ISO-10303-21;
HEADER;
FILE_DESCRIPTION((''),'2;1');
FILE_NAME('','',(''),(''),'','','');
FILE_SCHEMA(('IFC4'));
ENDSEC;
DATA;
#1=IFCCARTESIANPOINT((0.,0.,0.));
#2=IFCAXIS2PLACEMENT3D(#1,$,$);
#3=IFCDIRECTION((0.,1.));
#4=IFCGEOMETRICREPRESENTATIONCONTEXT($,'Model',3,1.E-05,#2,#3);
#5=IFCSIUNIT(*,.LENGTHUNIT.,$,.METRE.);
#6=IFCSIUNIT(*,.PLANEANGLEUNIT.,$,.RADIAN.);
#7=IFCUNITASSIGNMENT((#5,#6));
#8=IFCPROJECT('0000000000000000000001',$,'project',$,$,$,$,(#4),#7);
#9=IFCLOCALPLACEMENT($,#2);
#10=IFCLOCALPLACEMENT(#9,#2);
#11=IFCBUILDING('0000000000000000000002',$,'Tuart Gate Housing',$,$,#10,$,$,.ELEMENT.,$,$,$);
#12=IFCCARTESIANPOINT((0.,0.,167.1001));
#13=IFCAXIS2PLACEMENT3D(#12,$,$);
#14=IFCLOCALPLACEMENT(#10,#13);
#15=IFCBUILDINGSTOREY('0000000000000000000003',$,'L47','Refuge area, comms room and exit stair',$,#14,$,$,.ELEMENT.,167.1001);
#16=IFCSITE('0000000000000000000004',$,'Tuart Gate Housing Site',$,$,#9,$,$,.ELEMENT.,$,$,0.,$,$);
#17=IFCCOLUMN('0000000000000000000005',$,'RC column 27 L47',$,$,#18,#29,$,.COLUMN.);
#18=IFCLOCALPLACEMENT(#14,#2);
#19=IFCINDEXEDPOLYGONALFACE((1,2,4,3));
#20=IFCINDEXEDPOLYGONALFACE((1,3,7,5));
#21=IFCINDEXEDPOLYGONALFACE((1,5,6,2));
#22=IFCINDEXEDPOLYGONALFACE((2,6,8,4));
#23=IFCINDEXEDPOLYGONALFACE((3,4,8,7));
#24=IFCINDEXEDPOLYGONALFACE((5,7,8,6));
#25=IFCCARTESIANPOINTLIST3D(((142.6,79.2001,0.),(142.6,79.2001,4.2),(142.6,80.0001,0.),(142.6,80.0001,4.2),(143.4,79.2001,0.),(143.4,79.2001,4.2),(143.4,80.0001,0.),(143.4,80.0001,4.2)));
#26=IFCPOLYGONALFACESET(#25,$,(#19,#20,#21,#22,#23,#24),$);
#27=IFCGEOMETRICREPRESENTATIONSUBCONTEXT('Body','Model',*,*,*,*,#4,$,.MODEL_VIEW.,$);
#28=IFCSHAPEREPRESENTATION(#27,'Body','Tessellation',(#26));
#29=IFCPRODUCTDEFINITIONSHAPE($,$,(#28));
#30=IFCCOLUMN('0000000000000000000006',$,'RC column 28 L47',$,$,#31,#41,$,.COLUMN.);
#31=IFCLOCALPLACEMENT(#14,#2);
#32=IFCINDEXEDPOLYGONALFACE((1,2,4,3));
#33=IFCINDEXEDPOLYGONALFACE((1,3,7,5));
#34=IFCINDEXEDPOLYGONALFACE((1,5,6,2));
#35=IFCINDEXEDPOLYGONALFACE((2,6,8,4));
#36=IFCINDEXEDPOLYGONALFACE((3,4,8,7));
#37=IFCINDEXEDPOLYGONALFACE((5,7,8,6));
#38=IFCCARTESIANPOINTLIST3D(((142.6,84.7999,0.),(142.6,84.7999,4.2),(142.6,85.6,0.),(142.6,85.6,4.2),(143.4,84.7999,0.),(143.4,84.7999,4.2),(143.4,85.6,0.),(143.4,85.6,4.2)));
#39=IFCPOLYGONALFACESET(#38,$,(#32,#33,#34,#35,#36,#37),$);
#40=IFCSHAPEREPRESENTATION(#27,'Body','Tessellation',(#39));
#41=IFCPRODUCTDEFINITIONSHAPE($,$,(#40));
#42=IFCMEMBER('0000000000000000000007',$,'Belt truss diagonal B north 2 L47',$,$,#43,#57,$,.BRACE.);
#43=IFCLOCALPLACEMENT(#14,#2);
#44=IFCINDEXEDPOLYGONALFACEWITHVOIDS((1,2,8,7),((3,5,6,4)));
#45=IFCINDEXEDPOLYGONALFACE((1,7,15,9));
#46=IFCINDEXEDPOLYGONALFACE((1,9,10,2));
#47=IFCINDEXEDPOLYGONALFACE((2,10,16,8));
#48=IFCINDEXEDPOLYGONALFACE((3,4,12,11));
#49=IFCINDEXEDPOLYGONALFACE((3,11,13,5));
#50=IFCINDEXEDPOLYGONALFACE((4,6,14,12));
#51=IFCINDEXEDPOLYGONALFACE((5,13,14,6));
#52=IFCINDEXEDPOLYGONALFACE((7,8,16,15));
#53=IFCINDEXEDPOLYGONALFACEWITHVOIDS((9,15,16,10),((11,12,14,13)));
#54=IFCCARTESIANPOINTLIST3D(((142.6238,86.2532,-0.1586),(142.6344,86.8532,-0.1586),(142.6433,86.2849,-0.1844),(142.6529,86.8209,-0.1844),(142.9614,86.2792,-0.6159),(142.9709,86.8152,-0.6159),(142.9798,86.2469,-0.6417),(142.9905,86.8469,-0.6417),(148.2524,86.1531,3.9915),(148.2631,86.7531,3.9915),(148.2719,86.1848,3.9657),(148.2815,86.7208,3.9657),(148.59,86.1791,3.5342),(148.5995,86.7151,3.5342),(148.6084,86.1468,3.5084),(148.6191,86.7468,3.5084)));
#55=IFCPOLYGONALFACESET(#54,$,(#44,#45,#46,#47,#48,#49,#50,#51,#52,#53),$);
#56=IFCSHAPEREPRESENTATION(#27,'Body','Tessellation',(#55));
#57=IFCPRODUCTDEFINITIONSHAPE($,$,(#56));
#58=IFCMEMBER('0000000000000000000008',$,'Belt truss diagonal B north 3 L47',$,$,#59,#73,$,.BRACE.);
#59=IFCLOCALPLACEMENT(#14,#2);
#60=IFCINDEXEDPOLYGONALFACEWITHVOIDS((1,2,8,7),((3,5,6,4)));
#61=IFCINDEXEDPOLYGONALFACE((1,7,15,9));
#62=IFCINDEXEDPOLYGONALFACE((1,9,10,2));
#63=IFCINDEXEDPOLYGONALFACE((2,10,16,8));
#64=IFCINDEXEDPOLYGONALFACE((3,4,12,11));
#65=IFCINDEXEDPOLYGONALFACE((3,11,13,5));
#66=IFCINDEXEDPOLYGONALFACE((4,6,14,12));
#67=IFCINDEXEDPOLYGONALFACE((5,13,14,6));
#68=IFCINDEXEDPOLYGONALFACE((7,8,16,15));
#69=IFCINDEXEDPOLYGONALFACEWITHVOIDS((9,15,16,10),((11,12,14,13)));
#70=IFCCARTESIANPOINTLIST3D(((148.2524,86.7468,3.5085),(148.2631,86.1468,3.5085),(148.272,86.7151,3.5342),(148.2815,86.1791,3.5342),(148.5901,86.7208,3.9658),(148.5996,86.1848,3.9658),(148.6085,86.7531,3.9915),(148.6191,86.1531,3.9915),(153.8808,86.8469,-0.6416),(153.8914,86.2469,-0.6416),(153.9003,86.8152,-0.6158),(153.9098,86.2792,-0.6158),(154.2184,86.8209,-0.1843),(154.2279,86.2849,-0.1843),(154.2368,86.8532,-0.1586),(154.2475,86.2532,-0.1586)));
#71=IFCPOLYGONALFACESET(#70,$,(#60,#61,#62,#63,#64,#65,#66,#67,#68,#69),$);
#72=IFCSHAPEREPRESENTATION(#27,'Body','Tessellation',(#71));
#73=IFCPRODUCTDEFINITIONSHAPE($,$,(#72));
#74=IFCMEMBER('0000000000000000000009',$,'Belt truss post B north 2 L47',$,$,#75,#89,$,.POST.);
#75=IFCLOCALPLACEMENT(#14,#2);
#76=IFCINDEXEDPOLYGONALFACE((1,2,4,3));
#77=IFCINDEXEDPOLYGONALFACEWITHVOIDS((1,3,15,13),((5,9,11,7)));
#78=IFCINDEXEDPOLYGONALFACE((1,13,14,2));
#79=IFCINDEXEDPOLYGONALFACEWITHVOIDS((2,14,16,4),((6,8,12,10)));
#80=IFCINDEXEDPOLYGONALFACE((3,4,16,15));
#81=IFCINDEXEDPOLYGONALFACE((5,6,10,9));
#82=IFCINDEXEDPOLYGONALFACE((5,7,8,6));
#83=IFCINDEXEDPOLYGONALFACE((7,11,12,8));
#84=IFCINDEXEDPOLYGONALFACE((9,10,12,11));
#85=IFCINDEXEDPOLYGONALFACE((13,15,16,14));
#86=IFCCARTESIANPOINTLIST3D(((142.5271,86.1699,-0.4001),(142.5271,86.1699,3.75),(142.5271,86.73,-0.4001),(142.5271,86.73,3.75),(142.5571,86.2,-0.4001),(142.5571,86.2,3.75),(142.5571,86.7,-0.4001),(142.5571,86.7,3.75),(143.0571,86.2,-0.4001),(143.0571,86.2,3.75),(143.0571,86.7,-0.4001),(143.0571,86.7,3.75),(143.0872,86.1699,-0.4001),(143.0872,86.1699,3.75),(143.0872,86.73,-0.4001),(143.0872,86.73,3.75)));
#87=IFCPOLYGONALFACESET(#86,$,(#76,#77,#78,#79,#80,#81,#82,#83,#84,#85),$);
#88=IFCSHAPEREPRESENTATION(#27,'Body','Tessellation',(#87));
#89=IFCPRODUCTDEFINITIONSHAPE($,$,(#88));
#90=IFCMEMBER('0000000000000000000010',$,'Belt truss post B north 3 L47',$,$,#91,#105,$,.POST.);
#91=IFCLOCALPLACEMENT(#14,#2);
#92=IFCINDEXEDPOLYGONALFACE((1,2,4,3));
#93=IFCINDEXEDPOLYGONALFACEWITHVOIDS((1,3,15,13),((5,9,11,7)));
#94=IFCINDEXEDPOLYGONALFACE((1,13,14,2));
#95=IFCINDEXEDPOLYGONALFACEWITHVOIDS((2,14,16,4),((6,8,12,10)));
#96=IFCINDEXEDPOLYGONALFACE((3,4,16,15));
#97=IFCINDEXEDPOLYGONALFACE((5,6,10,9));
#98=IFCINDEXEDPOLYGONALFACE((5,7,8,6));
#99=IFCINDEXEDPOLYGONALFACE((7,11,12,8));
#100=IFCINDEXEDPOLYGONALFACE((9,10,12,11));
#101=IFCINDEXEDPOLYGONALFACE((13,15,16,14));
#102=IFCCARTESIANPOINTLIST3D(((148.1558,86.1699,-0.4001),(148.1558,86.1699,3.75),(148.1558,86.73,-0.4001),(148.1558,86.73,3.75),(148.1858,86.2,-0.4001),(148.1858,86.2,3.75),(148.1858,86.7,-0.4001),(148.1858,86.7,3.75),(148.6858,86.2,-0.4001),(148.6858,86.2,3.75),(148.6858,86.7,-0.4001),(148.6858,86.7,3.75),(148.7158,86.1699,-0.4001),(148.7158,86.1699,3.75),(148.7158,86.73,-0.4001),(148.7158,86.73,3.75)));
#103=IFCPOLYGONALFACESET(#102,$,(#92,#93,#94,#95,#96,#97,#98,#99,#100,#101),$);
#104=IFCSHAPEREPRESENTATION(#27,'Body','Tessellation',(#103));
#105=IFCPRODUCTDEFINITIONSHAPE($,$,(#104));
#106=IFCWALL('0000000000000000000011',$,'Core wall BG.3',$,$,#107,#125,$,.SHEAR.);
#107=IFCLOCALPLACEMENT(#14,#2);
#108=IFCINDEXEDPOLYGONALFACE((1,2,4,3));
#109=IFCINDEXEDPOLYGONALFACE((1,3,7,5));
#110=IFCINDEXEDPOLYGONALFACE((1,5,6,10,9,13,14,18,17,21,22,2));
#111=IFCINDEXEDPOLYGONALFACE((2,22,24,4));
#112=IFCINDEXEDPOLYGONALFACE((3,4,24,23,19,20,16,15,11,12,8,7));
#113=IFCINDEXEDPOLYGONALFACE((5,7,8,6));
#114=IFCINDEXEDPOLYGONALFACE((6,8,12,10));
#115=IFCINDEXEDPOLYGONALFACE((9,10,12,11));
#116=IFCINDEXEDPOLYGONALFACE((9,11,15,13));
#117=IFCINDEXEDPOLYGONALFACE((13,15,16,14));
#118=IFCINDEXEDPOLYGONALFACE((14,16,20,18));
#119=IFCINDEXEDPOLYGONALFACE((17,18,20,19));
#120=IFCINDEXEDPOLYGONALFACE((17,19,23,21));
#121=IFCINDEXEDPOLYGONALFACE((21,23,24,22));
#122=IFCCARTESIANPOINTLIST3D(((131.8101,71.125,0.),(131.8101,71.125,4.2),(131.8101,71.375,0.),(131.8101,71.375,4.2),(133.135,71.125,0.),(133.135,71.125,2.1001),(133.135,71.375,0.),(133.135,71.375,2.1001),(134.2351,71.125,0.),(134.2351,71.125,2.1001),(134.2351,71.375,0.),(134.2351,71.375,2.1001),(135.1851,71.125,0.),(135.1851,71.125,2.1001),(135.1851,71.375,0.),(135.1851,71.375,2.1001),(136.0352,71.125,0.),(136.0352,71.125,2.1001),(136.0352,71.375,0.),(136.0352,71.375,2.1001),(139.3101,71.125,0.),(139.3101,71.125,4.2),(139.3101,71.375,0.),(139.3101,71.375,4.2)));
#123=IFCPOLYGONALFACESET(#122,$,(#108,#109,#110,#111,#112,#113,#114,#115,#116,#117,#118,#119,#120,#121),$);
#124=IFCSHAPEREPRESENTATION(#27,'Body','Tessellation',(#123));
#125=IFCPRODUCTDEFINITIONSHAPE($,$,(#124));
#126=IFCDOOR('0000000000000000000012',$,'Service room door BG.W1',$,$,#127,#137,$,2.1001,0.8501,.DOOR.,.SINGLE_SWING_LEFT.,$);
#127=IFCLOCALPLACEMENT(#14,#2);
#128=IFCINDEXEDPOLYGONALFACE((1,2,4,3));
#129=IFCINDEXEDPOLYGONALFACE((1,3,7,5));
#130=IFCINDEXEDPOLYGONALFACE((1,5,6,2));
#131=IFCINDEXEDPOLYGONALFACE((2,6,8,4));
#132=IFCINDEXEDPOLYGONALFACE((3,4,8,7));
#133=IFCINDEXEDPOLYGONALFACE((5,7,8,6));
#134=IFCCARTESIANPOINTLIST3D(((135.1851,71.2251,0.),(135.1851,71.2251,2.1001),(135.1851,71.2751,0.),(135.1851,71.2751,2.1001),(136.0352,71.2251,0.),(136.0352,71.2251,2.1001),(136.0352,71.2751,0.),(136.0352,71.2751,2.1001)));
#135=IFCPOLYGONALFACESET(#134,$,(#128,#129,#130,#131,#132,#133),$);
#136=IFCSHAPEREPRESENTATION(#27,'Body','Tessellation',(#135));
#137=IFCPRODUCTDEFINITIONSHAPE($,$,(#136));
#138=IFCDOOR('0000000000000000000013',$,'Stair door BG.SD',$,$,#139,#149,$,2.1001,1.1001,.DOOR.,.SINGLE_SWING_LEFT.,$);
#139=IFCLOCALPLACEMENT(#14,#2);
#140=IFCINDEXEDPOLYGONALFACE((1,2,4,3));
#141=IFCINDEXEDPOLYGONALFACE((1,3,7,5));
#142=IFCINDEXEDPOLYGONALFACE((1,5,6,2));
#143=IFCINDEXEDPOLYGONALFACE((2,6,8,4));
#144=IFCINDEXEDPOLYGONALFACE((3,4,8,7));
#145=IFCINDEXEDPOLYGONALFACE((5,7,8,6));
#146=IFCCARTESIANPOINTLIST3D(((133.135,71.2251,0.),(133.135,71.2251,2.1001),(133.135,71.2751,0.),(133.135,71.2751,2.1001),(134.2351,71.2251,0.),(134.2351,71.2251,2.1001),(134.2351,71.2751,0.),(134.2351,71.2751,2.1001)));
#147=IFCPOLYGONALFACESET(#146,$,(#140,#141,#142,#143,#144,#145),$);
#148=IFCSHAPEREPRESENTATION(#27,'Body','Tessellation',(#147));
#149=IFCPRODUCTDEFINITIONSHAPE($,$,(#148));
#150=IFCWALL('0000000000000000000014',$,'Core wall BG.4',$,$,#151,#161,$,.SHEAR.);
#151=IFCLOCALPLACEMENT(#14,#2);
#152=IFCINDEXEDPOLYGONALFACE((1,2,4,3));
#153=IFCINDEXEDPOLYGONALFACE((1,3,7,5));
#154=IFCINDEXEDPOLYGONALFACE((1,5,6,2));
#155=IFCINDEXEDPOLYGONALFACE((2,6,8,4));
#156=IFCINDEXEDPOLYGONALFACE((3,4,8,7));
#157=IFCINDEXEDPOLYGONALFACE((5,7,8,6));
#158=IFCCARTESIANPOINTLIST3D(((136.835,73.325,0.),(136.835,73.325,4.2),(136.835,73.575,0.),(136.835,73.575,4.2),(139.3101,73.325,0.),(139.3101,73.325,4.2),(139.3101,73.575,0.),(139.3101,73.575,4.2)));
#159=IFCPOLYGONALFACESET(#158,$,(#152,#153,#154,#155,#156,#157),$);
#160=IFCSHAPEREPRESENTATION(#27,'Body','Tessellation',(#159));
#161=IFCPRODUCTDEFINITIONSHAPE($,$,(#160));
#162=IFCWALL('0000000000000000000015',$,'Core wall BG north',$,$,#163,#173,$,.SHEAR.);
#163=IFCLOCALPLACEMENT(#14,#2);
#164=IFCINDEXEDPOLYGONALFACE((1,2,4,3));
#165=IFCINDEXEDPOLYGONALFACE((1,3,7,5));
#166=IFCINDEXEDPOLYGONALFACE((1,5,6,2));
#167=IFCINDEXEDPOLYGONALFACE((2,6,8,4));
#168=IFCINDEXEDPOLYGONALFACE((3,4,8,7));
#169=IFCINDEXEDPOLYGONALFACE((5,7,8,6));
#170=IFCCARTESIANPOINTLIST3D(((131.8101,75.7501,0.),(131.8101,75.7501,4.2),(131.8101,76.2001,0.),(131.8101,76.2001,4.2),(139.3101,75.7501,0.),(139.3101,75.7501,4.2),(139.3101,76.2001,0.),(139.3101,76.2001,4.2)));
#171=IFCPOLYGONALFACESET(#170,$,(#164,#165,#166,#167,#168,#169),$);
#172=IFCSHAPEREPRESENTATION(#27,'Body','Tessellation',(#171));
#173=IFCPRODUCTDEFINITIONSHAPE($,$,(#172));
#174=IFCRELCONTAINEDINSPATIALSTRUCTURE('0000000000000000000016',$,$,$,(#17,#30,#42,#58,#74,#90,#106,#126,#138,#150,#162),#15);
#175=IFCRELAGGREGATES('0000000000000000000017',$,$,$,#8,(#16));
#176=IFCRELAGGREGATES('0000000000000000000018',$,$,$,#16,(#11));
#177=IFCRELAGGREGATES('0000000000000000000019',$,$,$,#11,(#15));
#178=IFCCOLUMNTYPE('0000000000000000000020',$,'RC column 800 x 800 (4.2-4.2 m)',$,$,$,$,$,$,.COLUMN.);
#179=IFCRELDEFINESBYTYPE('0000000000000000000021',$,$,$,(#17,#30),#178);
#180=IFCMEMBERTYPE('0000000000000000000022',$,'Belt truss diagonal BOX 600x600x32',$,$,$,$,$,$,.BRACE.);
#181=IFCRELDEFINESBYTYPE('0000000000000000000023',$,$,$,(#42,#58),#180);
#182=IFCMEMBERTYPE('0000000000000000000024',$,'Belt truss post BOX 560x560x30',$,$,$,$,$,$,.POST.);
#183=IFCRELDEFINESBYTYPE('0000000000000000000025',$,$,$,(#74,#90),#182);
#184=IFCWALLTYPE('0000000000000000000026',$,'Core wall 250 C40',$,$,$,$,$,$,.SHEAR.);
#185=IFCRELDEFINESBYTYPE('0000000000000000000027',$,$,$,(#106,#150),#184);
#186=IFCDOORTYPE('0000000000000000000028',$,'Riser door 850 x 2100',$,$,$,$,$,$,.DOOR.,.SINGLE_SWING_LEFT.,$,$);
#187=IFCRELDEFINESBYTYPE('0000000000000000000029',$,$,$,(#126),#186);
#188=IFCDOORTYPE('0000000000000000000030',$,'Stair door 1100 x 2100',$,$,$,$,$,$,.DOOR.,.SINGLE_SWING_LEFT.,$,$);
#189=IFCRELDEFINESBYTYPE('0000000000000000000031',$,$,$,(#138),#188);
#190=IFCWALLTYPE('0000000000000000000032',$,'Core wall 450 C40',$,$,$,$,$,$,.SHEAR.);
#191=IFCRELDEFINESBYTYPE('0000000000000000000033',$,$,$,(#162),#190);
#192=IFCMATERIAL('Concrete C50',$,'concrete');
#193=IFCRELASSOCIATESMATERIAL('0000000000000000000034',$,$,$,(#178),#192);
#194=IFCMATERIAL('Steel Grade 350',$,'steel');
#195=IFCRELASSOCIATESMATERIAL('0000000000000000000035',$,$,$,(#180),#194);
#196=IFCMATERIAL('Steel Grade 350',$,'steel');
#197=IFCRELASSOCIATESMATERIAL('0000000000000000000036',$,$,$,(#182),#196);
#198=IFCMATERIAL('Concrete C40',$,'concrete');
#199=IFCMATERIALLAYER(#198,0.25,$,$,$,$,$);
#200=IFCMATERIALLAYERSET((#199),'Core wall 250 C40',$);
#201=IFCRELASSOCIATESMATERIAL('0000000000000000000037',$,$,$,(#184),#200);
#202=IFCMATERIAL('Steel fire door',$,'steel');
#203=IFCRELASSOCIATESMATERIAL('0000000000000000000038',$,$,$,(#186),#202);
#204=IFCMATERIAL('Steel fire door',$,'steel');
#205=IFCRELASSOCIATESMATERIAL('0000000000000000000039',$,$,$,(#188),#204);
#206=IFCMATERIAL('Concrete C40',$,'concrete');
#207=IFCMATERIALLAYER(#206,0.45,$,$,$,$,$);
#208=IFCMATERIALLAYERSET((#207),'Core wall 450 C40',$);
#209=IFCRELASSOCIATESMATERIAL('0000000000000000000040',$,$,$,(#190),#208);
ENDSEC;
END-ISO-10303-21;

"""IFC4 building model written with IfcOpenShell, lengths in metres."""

from ifc_helpers import new_model, si_unit, direction, frame, frame_2d, origin, origin_2d, place, context, subcontext, project, spatial, rectangle, hollow_rectangle, extrude, material, layer, layer_set, material_profile, profile_set, type_object, element, fill, save


model = new_model("IFC4")

# Units and contexts
model_context = context("Model", 3, precision=1e-05, world=origin(), true_north=direction((0.0, 1.0)))
body_context = subcontext(model_context, "Body", "Model", "MODEL_VIEW")
ifc_project = project(units=[si_unit("LENGTHUNIT", "METRE"), si_unit("PLANEANGLEUNIT", "RADIAN")], contexts=[model_context])

# Site, building, storey
site_placement = place(None, origin())
site = spatial("IfcSite", under=ifc_project, at=site_placement, Name="Tuart Gate Housing Site", CompositionType="ELEMENT", RefElevation=0.0)
building_placement = place(site_placement, origin())
building = spatial("IfcBuilding", under=site, at=building_placement, Name="Tuart Gate Housing", CompositionType="ELEMENT")
storey_placement = place(building_placement, frame((0.0, 0.0, 167.1001)))
storey = spatial("IfcBuildingStorey", under=building, at=storey_placement, Name="L47", Description="Refuge area, comms room and exit stair", CompositionType="ELEMENT", Elevation=167.1001)

# Columns
ifc_material_1 = material(Name="Concrete C50", Category="concrete")
ifc_material_profile_1 = material_profile(ifc_material_1, rectangle(XDim=0.8, YDim=0.8, at=origin_2d()), Name="RC column 800 x 800 (4.2-4.2 m)")
ifc_profile_set_1 = profile_set([ifc_material_profile_1], Name="Concrete C50")
column_type = type_object("IfcColumnType", Name="RC column 800 x 800 (4.2-4.2 m)", PredefinedType="COLUMN", material=ifc_profile_set_1)
for number, where, z_axis, x_axis, name in (
    (1, (143.0, 79.6001, 0.0), (0.0, 0.0, 1.0), (1.0, 0.0, 0.0), "RC column 27 L47"),
    (2, (143.0, 85.2, 0.0), (0.0, 0.0, 1.0), (1.0, 0.0, 0.0), "RC column 28 L47"),
):
    element("IfcColumn", number, at=place(storey_placement, frame(where, z_axis=z_axis, x_axis=x_axis)), inside=storey, type_object=column_type, Name=name, PredefinedType="COLUMN", context=body_context, shape_type="SweptSolid", body=[
        extrude(rectangle(XDim=0.8, YDim=0.8, at=origin_2d()), origin(), (0.0, 0.0, 1.0), 4.2),
    ])

# Members
ifc_material_2 = material(Name="Steel Grade 350", Category="steel")
ifc_material_profile_2 = material_profile(ifc_material_2, hollow_rectangle(XDim=0.6001, YDim=0.6001, WallThickness=0.032, at=origin_2d()), Name="BOX 600x600x32")
ifc_profile_set_2 = profile_set([ifc_material_profile_2], Name="Steel Grade 350")
member_type_1 = type_object("IfcMemberType", Name="Belt truss diagonal BOX 600x600x32", PredefinedType="BRACE", material=ifc_profile_set_2)
member_1_placement = place(storey_placement, frame((142.8071, 86.55, -0.4001), z_axis=(0.804788, -0.014312, 0.593389), x_axis=(0.017781, 0.999842, 0.0)))
element("IfcMember", 3, at=member_1_placement, inside=storey, type_object=member_type_1, Name="Belt truss diagonal B north 2 L47", PredefinedType="BRACE", context=body_context, shape_type="SweptSolid", body=[
    extrude(hollow_rectangle(XDim=0.6001, YDim=0.6001, WallThickness=0.032, at=origin_2d()), origin(), (0.0, 0.0, 1.0), 6.9939),
])
member_2_placement = place(storey_placement, frame((148.4358, 86.45, 3.75), z_axis=(0.804776, 0.014312, -0.593406), x_axis=(-0.017782, 0.999842, 0.0)))
element("IfcMember", 4, at=member_2_placement, inside=storey, type_object=member_type_1, Name="Belt truss diagonal B north 3 L47", PredefinedType="BRACE", context=body_context, shape_type="SweptSolid", body=[
    extrude(hollow_rectangle(XDim=0.6001, YDim=0.6001, WallThickness=0.032, at=origin_2d()), origin(), (0.0, 0.0, 1.0), 6.9937),
])
ifc_material_3 = material(Name="Steel Grade 350", Category="steel")
ifc_material_profile_3 = material_profile(ifc_material_3, hollow_rectangle(XDim=0.5601, YDim=0.5601, WallThickness=0.03, at=origin_2d()), Name="BOX 560x560x30")
ifc_profile_set_3 = profile_set([ifc_material_profile_3], Name="Steel Grade 350")
member_type_2 = type_object("IfcMemberType", Name="Belt truss post BOX 560x560x30", PredefinedType="POST", material=ifc_profile_set_3)
for number, where, z_axis, x_axis, name in (
    (5, (142.8071, 86.45, -0.4001), (0.0, 0.0, 1.0), (1.0, 0.0, 0.0), "Belt truss post B north 2 L47"),
    (6, (148.4358, 86.45, -0.4001), (0.0, 0.0, 1.0), (1.0, 0.0, 0.0), "Belt truss post B north 3 L47"),
):
    element("IfcMember", number, at=place(storey_placement, frame(where, z_axis=z_axis, x_axis=x_axis)), inside=storey, type_object=member_type_2, Name=name, PredefinedType="POST", context=body_context, shape_type="SweptSolid", body=[
        extrude(hollow_rectangle(XDim=0.5601, YDim=0.5601, WallThickness=0.03, at=origin_2d()), origin(), (0.0, 0.0, 1.0), 4.1501),
    ])

# Wall, openings, doors
ifc_material_4 = material(Name="Concrete C40", Category="concrete")
ifc_layer_1 = layer(ifc_material_4, 0.25)
ifc_layer_set_1 = layer_set([ifc_layer_1], Name="Core wall 250 C40")
wall_type_1 = type_object("IfcWallType", Name="Core wall 250 C40", PredefinedType="SHEAR", material=ifc_layer_set_1)
wall_1_placement = place(storey_placement, frame((139.3101, 71.25, 0.0), z_axis=(0.0, 0.0, 1.0), x_axis=(-1.0, 0.0, 0.0)))
wall_1 = element("IfcWall", 7, at=wall_1_placement, inside=storey, type_object=wall_type_1, Name="Core wall BG.3", PredefinedType="SHEAR", context=body_context, shape_type="SweptSolid", body=[
    extrude(rectangle(XDim=7.5, YDim=0.25, at=frame_2d((3.75, 0.0))), origin(), (0.0, 0.0, 1.0), 4.2),
])
opening_1_placement = place(wall_1_placement, frame((5.075, 0.0, 0.0)))
opening_1 = element("IfcOpeningElement", 8, at=opening_1_placement, cuts=wall_1, PredefinedType="OPENING", context=body_context, shape_type="SweptSolid", body=[
    extrude(rectangle(XDim=1.1001, YDim=2.1001, at=frame_2d((0.55, 1.05))), frame((0.0, 0.135, 0.0), z_axis=(0.0, -1.0, 0.0), x_axis=(1.0, 0.0, 0.0)), (0.0, 0.0, 1.0), 0.27),
])
opening_2_placement = place(wall_1_placement, frame((3.2749, 0.0, 0.0)))
opening_2 = element("IfcOpeningElement", 9, at=opening_2_placement, cuts=wall_1, PredefinedType="OPENING", context=body_context, shape_type="SweptSolid", body=[
    extrude(rectangle(XDim=0.8501, YDim=2.1001, at=frame_2d((0.425, 1.05))), frame((0.0, 0.135, 0.0), z_axis=(0.0, -1.0, 0.0), x_axis=(1.0, 0.0, 0.0)), (0.0, 0.0, 1.0), 0.27),
])
ifc_material_5 = material(Name="Steel fire door", Category="steel")
door_type_1 = type_object("IfcDoorType", Name="Riser door 850 x 2100", OperationType="SINGLE_SWING_LEFT", PredefinedType="DOOR", material=ifc_material_5)
door_1_placement = place(opening_2_placement, origin())
door_1 = element("IfcDoor", 10, at=door_1_placement, inside=storey, type_object=door_type_1, Name="Service room door BG.W1", OperationType="SINGLE_SWING_LEFT", OverallHeight=2.1001, OverallWidth=0.8501, PredefinedType="DOOR", context=body_context, shape_type="SweptSolid", body=[
    extrude(rectangle(XDim=0.8501, YDim=2.1001, at=frame_2d((0.425, 1.05))), frame((0.0, 0.0249, 0.0), z_axis=(0.0, -1.0, 0.0), x_axis=(1.0, 0.0, 0.0)), (0.0, 0.0, 1.0), 0.05),
])
fill(opening_2, door_1)
ifc_material_6 = material(Name="Steel fire door", Category="steel")
door_type_2 = type_object("IfcDoorType", Name="Stair door 1100 x 2100", OperationType="SINGLE_SWING_LEFT", PredefinedType="DOOR", material=ifc_material_6)
door_2_placement = place(opening_1_placement, origin())
door_2 = element("IfcDoor", 11, at=door_2_placement, inside=storey, type_object=door_type_2, Name="Stair door BG.SD", OperationType="SINGLE_SWING_LEFT", OverallHeight=2.1001, OverallWidth=1.1001, PredefinedType="DOOR", context=body_context, shape_type="SweptSolid", body=[
    extrude(rectangle(XDim=1.1001, YDim=2.1001, at=frame_2d((0.55, 1.05))), frame((0.0, 0.0249, 0.0), z_axis=(0.0, -1.0, 0.0), x_axis=(1.0, 0.0, 0.0)), (0.0, 0.0, 1.0), 0.05),
])
fill(opening_1, door_2)

# Walls
wall_2_placement = place(storey_placement, frame((139.3101, 73.45, 0.0), z_axis=(0.0, 0.0, 1.0), x_axis=(-1.0, 0.0, 0.0)))
element("IfcWall", 12, at=wall_2_placement, inside=storey, type_object=wall_type_1, Name="Core wall BG.4", PredefinedType="SHEAR", context=body_context, shape_type="SweptSolid", body=[
    extrude(rectangle(XDim=2.4751, YDim=0.25, at=frame_2d((1.2375, 0.0))), origin(), (0.0, 0.0, 1.0), 4.2),
])
ifc_material_7 = material(Name="Concrete C40", Category="concrete")
ifc_layer_2 = layer(ifc_material_7, 0.45)
ifc_layer_set_2 = layer_set([ifc_layer_2], Name="Core wall 450 C40")
wall_type_2 = type_object("IfcWallType", Name="Core wall 450 C40", PredefinedType="SHEAR", material=ifc_layer_set_2)
wall_3_placement = place(storey_placement, frame((139.3101, 75.9751, 0.0), z_axis=(0.0, 0.0, 1.0), x_axis=(-1.0, 0.0, 0.0)))
element("IfcWall", 13, at=wall_3_placement, inside=storey, type_object=wall_type_2, Name="Core wall BG north", PredefinedType="SHEAR", context=body_context, shape_type="SweptSolid", body=[
    extrude(rectangle(XDim=7.5, YDim=0.45, at=frame_2d((3.75, 0.0))), origin(), (0.0, 0.0, 1.0), 4.2),
])

save(model, "model.ifc")
